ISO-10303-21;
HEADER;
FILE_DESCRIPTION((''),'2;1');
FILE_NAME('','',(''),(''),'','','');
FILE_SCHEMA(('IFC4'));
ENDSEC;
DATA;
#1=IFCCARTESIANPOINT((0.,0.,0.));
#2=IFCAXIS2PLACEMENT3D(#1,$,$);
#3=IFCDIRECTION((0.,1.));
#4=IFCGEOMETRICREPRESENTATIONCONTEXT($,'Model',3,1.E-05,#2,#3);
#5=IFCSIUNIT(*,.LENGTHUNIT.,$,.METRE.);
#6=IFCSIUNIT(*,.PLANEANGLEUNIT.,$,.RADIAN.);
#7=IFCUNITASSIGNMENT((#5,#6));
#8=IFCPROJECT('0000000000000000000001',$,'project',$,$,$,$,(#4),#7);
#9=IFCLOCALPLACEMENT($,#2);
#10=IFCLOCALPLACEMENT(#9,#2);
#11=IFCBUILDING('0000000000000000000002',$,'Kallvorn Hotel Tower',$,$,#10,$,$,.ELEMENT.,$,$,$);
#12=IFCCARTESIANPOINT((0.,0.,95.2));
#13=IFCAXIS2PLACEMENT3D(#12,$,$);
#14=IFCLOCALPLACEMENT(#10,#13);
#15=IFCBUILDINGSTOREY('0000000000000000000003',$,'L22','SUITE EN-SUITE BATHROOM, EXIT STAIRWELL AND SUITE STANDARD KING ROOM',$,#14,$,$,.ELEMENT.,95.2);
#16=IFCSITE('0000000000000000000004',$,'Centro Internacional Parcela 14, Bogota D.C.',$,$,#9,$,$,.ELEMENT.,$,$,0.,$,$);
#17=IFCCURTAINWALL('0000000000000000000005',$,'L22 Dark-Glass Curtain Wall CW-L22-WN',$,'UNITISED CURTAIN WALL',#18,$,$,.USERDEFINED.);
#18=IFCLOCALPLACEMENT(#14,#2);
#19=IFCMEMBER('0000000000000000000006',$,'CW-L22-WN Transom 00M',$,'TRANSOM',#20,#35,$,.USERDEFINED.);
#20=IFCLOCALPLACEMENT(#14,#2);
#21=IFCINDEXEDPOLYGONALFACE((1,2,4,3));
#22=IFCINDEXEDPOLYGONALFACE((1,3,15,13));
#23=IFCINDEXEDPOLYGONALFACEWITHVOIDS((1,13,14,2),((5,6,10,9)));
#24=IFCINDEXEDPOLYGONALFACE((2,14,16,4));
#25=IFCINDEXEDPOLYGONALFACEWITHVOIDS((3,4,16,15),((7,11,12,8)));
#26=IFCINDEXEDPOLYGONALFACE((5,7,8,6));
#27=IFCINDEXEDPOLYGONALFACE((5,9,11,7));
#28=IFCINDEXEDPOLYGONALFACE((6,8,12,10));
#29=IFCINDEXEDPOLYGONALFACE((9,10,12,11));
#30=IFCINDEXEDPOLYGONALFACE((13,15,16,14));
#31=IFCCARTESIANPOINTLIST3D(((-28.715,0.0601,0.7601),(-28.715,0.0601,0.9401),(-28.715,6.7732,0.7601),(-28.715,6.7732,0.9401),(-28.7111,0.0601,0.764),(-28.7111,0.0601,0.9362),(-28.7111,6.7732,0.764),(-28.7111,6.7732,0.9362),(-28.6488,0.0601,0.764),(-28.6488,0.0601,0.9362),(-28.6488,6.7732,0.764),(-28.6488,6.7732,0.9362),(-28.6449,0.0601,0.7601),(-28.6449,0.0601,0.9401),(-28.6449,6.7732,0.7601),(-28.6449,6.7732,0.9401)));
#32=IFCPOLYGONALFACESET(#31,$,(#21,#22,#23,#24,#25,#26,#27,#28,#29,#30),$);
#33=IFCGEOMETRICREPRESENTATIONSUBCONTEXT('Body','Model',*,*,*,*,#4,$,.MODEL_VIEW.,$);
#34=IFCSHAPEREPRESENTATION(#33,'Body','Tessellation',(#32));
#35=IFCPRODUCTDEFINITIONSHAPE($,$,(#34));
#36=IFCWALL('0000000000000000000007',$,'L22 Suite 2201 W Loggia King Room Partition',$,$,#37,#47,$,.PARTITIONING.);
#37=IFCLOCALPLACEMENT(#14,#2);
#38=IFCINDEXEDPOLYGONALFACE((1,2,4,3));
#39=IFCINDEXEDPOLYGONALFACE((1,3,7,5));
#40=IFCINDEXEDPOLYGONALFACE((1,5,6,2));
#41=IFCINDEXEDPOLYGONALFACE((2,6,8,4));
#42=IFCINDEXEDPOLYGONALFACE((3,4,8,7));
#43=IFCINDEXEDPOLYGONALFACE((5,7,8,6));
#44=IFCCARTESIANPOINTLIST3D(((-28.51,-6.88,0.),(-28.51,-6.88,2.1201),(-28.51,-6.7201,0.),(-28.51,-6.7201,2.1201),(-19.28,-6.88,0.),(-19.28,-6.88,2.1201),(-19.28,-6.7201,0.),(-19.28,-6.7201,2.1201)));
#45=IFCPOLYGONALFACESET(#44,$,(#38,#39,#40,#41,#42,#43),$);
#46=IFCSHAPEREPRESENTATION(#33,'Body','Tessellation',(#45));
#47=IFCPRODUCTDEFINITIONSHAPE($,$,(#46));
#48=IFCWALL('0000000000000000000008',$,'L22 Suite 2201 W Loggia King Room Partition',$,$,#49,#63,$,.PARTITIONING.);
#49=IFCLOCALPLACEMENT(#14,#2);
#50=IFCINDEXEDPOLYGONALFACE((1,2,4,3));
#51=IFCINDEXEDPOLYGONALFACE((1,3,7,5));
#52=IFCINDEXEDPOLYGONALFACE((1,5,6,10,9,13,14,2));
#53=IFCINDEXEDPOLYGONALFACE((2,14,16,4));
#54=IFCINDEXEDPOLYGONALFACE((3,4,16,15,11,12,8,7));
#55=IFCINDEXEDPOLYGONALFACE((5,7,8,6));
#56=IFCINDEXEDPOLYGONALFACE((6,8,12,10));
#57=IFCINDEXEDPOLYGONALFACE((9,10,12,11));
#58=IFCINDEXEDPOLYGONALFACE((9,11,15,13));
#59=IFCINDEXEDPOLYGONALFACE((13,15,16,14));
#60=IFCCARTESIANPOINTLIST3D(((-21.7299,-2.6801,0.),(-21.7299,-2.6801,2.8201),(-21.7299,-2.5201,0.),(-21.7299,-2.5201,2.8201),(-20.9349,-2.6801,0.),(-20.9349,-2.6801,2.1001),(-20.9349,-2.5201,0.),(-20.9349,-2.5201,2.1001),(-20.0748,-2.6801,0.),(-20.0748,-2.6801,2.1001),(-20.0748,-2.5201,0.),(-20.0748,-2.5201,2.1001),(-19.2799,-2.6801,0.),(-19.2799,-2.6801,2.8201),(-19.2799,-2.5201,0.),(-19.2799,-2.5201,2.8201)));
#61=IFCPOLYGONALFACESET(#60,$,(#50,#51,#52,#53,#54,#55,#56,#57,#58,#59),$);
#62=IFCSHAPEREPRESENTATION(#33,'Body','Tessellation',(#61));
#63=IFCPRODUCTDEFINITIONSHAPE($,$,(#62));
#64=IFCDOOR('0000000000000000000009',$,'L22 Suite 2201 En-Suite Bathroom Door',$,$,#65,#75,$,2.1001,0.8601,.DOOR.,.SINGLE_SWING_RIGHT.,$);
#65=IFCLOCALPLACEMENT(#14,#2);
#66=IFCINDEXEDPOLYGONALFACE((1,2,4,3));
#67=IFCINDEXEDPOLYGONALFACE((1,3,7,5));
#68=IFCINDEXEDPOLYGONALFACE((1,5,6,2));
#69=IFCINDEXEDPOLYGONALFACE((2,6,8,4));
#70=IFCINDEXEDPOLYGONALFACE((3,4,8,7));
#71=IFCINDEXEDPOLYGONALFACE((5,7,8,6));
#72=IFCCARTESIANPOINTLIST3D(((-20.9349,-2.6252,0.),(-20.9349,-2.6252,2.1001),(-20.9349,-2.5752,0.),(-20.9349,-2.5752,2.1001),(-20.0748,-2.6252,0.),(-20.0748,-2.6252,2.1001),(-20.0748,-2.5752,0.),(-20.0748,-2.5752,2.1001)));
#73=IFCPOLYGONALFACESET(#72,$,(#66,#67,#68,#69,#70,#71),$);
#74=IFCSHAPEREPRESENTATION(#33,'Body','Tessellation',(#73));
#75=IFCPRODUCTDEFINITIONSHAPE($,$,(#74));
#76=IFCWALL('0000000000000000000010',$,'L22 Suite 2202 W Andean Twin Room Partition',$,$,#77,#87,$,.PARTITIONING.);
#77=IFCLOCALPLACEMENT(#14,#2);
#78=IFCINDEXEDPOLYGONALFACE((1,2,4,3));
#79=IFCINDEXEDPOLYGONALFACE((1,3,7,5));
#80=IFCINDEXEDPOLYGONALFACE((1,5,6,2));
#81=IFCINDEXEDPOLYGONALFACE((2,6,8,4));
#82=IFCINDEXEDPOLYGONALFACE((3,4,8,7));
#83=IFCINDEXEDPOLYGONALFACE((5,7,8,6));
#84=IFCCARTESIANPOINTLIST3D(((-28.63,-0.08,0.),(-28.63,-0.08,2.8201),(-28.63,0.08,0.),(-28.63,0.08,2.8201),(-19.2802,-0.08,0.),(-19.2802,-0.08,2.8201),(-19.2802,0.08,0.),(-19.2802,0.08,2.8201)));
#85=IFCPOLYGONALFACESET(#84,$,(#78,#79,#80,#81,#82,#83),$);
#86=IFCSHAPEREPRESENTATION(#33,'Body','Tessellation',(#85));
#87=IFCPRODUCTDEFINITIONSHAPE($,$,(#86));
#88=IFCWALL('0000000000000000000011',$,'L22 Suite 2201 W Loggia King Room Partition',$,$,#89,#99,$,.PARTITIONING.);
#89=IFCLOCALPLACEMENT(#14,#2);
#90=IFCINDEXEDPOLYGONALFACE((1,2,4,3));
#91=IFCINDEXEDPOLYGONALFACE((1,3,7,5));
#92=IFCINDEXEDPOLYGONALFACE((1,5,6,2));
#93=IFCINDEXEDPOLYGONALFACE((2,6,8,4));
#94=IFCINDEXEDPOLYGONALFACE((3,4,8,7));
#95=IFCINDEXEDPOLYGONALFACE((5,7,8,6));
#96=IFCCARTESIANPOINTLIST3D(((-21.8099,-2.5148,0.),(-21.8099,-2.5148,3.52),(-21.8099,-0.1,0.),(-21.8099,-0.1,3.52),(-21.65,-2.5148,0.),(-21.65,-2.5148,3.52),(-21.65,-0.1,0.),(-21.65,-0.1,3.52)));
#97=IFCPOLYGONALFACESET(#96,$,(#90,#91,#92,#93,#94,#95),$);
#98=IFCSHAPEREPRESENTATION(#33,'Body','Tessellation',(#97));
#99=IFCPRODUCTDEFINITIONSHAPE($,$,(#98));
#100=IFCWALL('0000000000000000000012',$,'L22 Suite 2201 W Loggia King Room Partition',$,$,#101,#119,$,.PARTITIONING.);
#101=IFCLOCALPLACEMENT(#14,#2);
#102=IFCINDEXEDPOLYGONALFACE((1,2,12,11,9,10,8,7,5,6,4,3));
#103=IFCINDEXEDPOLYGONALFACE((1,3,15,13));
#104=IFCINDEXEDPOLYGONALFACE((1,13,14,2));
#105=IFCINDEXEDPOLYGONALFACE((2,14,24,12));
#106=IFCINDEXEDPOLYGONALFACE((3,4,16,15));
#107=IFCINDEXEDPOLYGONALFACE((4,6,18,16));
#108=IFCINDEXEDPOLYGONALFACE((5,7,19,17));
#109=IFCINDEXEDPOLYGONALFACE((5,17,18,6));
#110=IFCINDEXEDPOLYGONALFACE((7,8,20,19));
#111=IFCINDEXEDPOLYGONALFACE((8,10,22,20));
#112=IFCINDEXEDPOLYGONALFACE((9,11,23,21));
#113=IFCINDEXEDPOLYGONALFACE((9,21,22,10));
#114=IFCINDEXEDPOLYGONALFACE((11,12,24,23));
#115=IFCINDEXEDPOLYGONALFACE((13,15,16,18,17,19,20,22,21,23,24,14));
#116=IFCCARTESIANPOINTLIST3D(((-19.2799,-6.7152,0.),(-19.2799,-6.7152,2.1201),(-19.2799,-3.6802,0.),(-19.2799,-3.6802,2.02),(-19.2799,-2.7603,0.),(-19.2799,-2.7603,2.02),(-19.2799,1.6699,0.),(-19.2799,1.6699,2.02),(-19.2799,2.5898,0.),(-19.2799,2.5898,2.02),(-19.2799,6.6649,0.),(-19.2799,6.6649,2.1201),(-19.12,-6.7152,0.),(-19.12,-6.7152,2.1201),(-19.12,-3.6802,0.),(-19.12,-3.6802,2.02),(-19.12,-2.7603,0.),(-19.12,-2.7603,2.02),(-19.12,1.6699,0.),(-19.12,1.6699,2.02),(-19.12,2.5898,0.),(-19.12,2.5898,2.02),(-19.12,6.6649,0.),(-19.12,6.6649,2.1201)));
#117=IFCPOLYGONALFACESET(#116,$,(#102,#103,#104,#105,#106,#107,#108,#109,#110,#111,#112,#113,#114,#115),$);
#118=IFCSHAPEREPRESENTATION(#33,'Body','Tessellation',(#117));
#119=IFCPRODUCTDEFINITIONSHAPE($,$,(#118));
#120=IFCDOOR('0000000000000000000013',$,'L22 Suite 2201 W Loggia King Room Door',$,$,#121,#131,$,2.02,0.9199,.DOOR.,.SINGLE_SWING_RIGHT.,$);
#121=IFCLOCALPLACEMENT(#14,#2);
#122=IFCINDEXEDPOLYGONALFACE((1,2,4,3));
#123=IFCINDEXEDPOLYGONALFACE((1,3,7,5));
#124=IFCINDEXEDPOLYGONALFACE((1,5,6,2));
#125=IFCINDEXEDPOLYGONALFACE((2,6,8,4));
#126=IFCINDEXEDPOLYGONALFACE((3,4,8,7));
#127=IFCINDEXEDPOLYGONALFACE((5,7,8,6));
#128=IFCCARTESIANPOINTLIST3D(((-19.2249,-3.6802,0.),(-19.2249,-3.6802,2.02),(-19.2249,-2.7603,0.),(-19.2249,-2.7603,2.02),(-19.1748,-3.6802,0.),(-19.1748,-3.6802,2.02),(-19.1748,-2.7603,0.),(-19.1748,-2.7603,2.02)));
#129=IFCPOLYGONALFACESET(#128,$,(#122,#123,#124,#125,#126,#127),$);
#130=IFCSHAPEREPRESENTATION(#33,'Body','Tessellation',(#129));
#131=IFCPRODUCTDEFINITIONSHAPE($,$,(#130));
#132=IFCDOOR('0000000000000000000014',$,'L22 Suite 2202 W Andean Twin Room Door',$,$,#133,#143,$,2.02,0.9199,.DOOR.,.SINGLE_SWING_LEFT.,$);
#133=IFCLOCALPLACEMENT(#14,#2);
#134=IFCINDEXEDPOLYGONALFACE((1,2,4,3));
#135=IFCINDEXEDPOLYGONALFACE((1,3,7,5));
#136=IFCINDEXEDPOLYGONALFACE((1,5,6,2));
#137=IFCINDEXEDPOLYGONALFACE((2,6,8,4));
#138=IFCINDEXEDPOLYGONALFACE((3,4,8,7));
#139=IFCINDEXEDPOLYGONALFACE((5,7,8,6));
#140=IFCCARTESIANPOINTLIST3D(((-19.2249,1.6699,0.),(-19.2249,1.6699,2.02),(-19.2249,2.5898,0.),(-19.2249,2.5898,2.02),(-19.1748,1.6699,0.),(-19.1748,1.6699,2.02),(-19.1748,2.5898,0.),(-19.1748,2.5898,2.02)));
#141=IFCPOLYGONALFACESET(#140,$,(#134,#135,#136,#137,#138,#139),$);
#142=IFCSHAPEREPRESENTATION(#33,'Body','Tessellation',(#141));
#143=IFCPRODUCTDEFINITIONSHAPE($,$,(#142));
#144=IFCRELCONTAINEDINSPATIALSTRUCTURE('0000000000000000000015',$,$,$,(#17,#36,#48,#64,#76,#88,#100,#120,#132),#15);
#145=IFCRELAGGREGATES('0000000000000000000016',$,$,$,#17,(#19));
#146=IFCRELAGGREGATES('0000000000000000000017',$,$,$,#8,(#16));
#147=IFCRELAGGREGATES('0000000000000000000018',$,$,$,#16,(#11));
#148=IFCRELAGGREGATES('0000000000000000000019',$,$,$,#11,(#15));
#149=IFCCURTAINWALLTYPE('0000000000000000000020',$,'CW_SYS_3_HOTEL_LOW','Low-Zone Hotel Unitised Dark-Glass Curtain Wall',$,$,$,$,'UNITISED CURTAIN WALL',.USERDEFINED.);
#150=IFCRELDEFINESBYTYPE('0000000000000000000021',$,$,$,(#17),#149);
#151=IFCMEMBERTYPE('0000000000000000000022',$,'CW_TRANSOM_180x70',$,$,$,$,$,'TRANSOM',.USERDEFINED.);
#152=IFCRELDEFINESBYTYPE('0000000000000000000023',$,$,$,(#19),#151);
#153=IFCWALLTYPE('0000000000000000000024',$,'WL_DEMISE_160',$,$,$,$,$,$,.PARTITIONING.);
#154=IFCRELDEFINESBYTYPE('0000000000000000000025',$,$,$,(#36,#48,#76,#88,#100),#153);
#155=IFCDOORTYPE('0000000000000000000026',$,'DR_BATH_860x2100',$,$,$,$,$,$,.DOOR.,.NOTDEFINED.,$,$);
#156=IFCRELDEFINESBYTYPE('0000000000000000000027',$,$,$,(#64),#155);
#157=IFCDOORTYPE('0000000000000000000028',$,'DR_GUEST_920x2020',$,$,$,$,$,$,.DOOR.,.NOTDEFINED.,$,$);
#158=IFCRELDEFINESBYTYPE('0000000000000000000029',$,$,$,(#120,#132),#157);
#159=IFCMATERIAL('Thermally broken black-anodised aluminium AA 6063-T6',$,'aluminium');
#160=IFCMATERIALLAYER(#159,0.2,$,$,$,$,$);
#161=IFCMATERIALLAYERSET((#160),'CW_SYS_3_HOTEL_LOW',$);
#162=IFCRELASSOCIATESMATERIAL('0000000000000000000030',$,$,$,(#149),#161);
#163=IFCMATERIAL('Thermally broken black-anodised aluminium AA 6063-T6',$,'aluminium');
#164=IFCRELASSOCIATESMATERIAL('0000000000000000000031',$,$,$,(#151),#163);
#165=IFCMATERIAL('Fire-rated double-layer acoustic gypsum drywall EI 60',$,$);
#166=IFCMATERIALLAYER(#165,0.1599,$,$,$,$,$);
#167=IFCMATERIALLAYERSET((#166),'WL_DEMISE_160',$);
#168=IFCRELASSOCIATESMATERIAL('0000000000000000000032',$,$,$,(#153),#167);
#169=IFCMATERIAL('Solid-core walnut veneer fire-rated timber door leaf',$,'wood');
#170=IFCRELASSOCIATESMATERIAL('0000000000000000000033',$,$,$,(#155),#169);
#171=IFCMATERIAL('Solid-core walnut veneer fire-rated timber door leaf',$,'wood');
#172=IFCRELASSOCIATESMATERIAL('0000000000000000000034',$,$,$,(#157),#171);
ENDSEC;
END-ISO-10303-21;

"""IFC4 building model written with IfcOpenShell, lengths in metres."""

from ifc_helpers import new_model, si_unit, direction, frame, frame_2d, origin, origin_2d, place, context, subcontext, project, spatial, rectangle, hollow_rectangle, extrude, material, layer, layer_set, material_profile, profile_set, type_object, element, fill, aggregate, save


model = new_model("IFC4")

# Units and contexts
model_context = context("Model", 3, precision=1e-05, world=origin(), true_north=direction((0.0, 1.0)))
body_context = subcontext(model_context, "Body", "Model", "MODEL_VIEW")
ifc_project = project(units=[si_unit("LENGTHUNIT", "METRE"), si_unit("PLANEANGLEUNIT", "RADIAN")], contexts=[model_context])

# Site, building, storey
site_placement = place(None, origin())
site = spatial("IfcSite", under=ifc_project, at=site_placement, Name="Centro Internacional Parcela 14, Bogota D.C.", CompositionType="ELEMENT", RefElevation=0.0)
building_placement = place(site_placement, origin())
building = spatial("IfcBuilding", under=site, at=building_placement, Name="Kallvorn Hotel Tower", CompositionType="ELEMENT")
storey_placement = place(building_placement, frame((0.0, 0.0, 95.2)))
storey = spatial("IfcBuildingStorey", under=building, at=storey_placement, Name="L22", Description="SUITE EN-SUITE BATHROOM, EXIT STAIRWELL AND SUITE STANDARD KING ROOM", CompositionType="ELEMENT", Elevation=95.2)

# Curtain wall, member
ifc_material_1 = material(Name="Thermally broken black-anodised aluminium AA 6063-T6", Category="aluminium")
ifc_layer_1 = layer(ifc_material_1, 0.2)
ifc_layer_set_1 = layer_set([ifc_layer_1], Name="CW_SYS_3_HOTEL_LOW")
curtain_wall_type = type_object("IfcCurtainWallType", Name="CW_SYS_3_HOTEL_LOW", Description="Low-Zone Hotel Unitised Dark-Glass Curtain Wall", ElementType="UNITISED CURTAIN WALL", PredefinedType="USERDEFINED", material=ifc_layer_set_1)
curtain_wall_placement = place(storey_placement, origin())
curtain_wall = element("IfcCurtainWall", 1, at=curtain_wall_placement, inside=storey, type_object=curtain_wall_type, Name="L22 Dark-Glass Curtain Wall CW-L22-WN", ObjectType="UNITISED CURTAIN WALL", PredefinedType="USERDEFINED")
ifc_material_2 = material(Name="Thermally broken black-anodised aluminium AA 6063-T6", Category="aluminium")
ifc_material_profile_1 = material_profile(ifc_material_2, hollow_rectangle(XDim=0.0701, YDim=0.1799, WallThickness=0.0039, at=origin_2d()), Name="TRN 180x70")
ifc_profile_set_1 = profile_set([ifc_material_profile_1], Name="Thermally broken black-anodised aluminium AA 6063-T6")
member_type_1 = type_object("IfcMemberType", Name="CW_TRANSOM_180x70", ElementType="TRANSOM", PredefinedType="USERDEFINED", material=ifc_profile_set_1)
member_1_placement = place(storey_placement, frame((-28.6799, 0.0601, 0.8501), z_axis=(0.0, 1.0, 0.0), x_axis=(-1.0, 0.0, 0.0)))
member_1 = element("IfcMember", 2, at=member_1_placement, type_object=member_type_1, Name="CW-L22-WN Transom 00M", ObjectType="TRANSOM", PredefinedType="USERDEFINED", context=body_context, shape_type="SweptSolid", body=[
    extrude(hollow_rectangle(XDim=0.0701, YDim=0.1799, WallThickness=0.0039, at=origin_2d()), origin(), (0.0, 0.0, 1.0), 6.7131),
])
aggregate(curtain_wall, [member_1])

# Wall
ifc_material_3 = material(Name="Fire-rated double-layer acoustic gypsum drywall EI 60")
ifc_layer_2 = layer(ifc_material_3, 0.1599)
ifc_layer_set_2 = layer_set([ifc_layer_2], Name="WL_DEMISE_160")
wall_type = type_object("IfcWallType", Name="WL_DEMISE_160", PredefinedType="PARTITIONING", material=ifc_layer_set_2)
wall_1_placement = place(storey_placement, frame((-28.51, -6.8, 0.0), z_axis=(0.0, 0.0, 1.0), x_axis=(1.0, 0.0, 0.0)))
element("IfcWall", 3, at=wall_1_placement, inside=storey, type_object=wall_type, Name="L22 Suite 2201 W Loggia King Room Partition", PredefinedType="PARTITIONING", context=body_context, shape_type="SweptSolid", body=[
    extrude(rectangle(XDim=9.23, YDim=0.1599, at=frame_2d((4.615, 0.0))), origin(), (0.0, 0.0, 1.0), 2.1201),
])

# Wall, opening, door
wall_2_placement = place(storey_placement, frame((-21.73, -2.6001, 0.0), z_axis=(0.0, 0.0, 1.0), x_axis=(1.0, 0.0, 0.0)))
wall_2 = element("IfcWall", 4, at=wall_2_placement, inside=storey, type_object=wall_type, Name="L22 Suite 2201 W Loggia King Room Partition", PredefinedType="PARTITIONING", context=body_context, shape_type="SweptSolid", body=[
    extrude(rectangle(XDim=2.45, YDim=0.1599, at=frame_2d((1.2251, 0.0))), origin(), (0.0, 0.0, 1.0), 2.8201),
])
opening_1_placement = place(wall_2_placement, frame((0.7949, 0.0, 0.0)))
opening_1 = element("IfcOpeningElement", 5, at=opening_1_placement, cuts=wall_2, PredefinedType="OPENING", context=body_context, shape_type="SweptSolid", body=[
    extrude(rectangle(XDim=0.8601, YDim=2.1001, at=frame_2d((0.4302, 1.05))), frame((0.0, 0.095, 0.0), z_axis=(0.0, -1.0, 0.0), x_axis=(1.0, 0.0, 0.0)), (0.0, 0.0, 1.0), 0.1899),
])
ifc_material_4 = material(Name="Solid-core walnut veneer fire-rated timber door leaf", Category="wood")
door_type_1 = type_object("IfcDoorType", Name="DR_BATH_860x2100", OperationType="NOTDEFINED", PredefinedType="DOOR", material=ifc_material_4)
door_1_placement = place(opening_1_placement, origin())
door_1 = element("IfcDoor", 6, at=door_1_placement, inside=storey, type_object=door_type_1, Name="L22 Suite 2201 En-Suite Bathroom Door", OperationType="SINGLE_SWING_RIGHT", OverallHeight=2.1001, OverallWidth=0.8601, PredefinedType="DOOR", context=body_context, shape_type="SweptSolid", body=[
    extrude(rectangle(XDim=0.8601, YDim=2.1001, at=frame_2d((0.4302, 1.05))), frame((0.0, 0.0249, 0.0), z_axis=(0.0, -1.0, 0.0), x_axis=(1.0, 0.0, 0.0)), (0.0, 0.0, 1.0), 0.05),
])
fill(opening_1, door_1)

# Walls
wall_3_placement = place(storey_placement, frame((-28.6299, 0.0, 0.0), z_axis=(0.0, 0.0, 1.0), x_axis=(1.0, 0.0, 0.0)))
element("IfcWall", 7, at=wall_3_placement, inside=storey, type_object=wall_type, Name="L22 Suite 2202 W Andean Twin Room Partition", PredefinedType="PARTITIONING", context=body_context, shape_type="SweptSolid", body=[
    extrude(rectangle(XDim=9.3499, YDim=0.1599, at=frame_2d((4.6748, 0.0))), origin(), (0.0, 0.0, 1.0), 2.8201),
])
wall_4_placement = place(storey_placement, frame((-21.73, -2.5149, 0.0), z_axis=(0.0, 0.0, 1.0), x_axis=(0.0, 1.0, 0.0)))
element("IfcWall", 8, at=wall_4_placement, inside=storey, type_object=wall_type, Name="L22 Suite 2201 W Loggia King Room Partition", PredefinedType="PARTITIONING", context=body_context, shape_type="SweptSolid", body=[
    extrude(rectangle(XDim=2.4148, YDim=0.1599, at=frame_2d((1.2075, 0.0))), origin(), (0.0, 0.0, 1.0), 3.52),
])

# Wall, openings, doors
wall_5_placement = place(storey_placement, frame((-19.2, -6.7151, 0.0), z_axis=(0.0, 0.0, 1.0), x_axis=(0.0, 1.0, 0.0)))
wall_5 = element("IfcWall", 9, at=wall_5_placement, inside=storey, type_object=wall_type, Name="L22 Suite 2201 W Loggia King Room Partition", PredefinedType="PARTITIONING", context=body_context, shape_type="SweptSolid", body=[
    extrude(rectangle(XDim=13.3801, YDim=0.1599, at=frame_2d((6.6899, 0.0))), origin(), (0.0, 0.0, 1.0), 2.1201),
])
opening_2_placement = place(wall_5_placement, frame((3.0349, 0.0, 0.0)))
opening_2 = element("IfcOpeningElement", 10, at=opening_2_placement, cuts=wall_5, PredefinedType="OPENING", context=body_context, shape_type="SweptSolid", body=[
    extrude(rectangle(XDim=0.9199, YDim=2.02, at=frame_2d((0.46, 1.01))), frame((0.0, 0.095, 0.0), z_axis=(0.0, -1.0, 0.0), x_axis=(1.0, 0.0, 0.0)), (0.0, 0.0, 1.0), 0.1899),
])
opening_3_placement = place(wall_5_placement, frame((8.385, 0.0, 0.0)))
opening_3 = element("IfcOpeningElement", 11, at=opening_3_placement, cuts=wall_5, PredefinedType="OPENING", context=body_context, shape_type="SweptSolid", body=[
    extrude(rectangle(XDim=0.9199, YDim=2.02, at=frame_2d((0.46, 1.01))), frame((0.0, 0.095, 0.0), z_axis=(0.0, -1.0, 0.0), x_axis=(1.0, 0.0, 0.0)), (0.0, 0.0, 1.0), 0.1899),
])
ifc_material_5 = material(Name="Solid-core walnut veneer fire-rated timber door leaf", Category="wood")
door_type_2 = type_object("IfcDoorType", Name="DR_GUEST_920x2020", OperationType="NOTDEFINED", PredefinedType="DOOR", material=ifc_material_5)
door_2_placement = place(opening_2_placement, origin())
door_2 = element("IfcDoor", 12, at=door_2_placement, inside=storey, type_object=door_type_2, Name="L22 Suite 2201 W Loggia King Room Door", OperationType="SINGLE_SWING_RIGHT", OverallHeight=2.02, OverallWidth=0.9199, PredefinedType="DOOR", context=body_context, shape_type="SweptSolid", body=[
    extrude(rectangle(XDim=0.9199, YDim=2.02, at=frame_2d((0.46, 1.01))), frame((0.0, 0.0249, 0.0), z_axis=(0.0, -1.0, 0.0), x_axis=(1.0, 0.0, 0.0)), (0.0, 0.0, 1.0), 0.05),
])
fill(opening_2, door_2)
door_3_placement = place(opening_3_placement, origin())
door_3 = element("IfcDoor", 13, at=door_3_placement, inside=storey, type_object=door_type_2, Name="L22 Suite 2202 W Andean Twin Room Door", OperationType="SINGLE_SWING_LEFT", OverallHeight=2.02, OverallWidth=0.9199, PredefinedType="DOOR", context=body_context, shape_type="SweptSolid", body=[
    extrude(rectangle(XDim=0.9199, YDim=2.02, at=frame_2d((0.46, 1.01))), frame((0.0, 0.0249, 0.0), z_axis=(0.0, -1.0, 0.0), x_axis=(1.0, 0.0, 0.0)), (0.0, 0.0, 1.0), 0.05),
])
fill(opening_3, door_3)

save(model, "model.ifc")
